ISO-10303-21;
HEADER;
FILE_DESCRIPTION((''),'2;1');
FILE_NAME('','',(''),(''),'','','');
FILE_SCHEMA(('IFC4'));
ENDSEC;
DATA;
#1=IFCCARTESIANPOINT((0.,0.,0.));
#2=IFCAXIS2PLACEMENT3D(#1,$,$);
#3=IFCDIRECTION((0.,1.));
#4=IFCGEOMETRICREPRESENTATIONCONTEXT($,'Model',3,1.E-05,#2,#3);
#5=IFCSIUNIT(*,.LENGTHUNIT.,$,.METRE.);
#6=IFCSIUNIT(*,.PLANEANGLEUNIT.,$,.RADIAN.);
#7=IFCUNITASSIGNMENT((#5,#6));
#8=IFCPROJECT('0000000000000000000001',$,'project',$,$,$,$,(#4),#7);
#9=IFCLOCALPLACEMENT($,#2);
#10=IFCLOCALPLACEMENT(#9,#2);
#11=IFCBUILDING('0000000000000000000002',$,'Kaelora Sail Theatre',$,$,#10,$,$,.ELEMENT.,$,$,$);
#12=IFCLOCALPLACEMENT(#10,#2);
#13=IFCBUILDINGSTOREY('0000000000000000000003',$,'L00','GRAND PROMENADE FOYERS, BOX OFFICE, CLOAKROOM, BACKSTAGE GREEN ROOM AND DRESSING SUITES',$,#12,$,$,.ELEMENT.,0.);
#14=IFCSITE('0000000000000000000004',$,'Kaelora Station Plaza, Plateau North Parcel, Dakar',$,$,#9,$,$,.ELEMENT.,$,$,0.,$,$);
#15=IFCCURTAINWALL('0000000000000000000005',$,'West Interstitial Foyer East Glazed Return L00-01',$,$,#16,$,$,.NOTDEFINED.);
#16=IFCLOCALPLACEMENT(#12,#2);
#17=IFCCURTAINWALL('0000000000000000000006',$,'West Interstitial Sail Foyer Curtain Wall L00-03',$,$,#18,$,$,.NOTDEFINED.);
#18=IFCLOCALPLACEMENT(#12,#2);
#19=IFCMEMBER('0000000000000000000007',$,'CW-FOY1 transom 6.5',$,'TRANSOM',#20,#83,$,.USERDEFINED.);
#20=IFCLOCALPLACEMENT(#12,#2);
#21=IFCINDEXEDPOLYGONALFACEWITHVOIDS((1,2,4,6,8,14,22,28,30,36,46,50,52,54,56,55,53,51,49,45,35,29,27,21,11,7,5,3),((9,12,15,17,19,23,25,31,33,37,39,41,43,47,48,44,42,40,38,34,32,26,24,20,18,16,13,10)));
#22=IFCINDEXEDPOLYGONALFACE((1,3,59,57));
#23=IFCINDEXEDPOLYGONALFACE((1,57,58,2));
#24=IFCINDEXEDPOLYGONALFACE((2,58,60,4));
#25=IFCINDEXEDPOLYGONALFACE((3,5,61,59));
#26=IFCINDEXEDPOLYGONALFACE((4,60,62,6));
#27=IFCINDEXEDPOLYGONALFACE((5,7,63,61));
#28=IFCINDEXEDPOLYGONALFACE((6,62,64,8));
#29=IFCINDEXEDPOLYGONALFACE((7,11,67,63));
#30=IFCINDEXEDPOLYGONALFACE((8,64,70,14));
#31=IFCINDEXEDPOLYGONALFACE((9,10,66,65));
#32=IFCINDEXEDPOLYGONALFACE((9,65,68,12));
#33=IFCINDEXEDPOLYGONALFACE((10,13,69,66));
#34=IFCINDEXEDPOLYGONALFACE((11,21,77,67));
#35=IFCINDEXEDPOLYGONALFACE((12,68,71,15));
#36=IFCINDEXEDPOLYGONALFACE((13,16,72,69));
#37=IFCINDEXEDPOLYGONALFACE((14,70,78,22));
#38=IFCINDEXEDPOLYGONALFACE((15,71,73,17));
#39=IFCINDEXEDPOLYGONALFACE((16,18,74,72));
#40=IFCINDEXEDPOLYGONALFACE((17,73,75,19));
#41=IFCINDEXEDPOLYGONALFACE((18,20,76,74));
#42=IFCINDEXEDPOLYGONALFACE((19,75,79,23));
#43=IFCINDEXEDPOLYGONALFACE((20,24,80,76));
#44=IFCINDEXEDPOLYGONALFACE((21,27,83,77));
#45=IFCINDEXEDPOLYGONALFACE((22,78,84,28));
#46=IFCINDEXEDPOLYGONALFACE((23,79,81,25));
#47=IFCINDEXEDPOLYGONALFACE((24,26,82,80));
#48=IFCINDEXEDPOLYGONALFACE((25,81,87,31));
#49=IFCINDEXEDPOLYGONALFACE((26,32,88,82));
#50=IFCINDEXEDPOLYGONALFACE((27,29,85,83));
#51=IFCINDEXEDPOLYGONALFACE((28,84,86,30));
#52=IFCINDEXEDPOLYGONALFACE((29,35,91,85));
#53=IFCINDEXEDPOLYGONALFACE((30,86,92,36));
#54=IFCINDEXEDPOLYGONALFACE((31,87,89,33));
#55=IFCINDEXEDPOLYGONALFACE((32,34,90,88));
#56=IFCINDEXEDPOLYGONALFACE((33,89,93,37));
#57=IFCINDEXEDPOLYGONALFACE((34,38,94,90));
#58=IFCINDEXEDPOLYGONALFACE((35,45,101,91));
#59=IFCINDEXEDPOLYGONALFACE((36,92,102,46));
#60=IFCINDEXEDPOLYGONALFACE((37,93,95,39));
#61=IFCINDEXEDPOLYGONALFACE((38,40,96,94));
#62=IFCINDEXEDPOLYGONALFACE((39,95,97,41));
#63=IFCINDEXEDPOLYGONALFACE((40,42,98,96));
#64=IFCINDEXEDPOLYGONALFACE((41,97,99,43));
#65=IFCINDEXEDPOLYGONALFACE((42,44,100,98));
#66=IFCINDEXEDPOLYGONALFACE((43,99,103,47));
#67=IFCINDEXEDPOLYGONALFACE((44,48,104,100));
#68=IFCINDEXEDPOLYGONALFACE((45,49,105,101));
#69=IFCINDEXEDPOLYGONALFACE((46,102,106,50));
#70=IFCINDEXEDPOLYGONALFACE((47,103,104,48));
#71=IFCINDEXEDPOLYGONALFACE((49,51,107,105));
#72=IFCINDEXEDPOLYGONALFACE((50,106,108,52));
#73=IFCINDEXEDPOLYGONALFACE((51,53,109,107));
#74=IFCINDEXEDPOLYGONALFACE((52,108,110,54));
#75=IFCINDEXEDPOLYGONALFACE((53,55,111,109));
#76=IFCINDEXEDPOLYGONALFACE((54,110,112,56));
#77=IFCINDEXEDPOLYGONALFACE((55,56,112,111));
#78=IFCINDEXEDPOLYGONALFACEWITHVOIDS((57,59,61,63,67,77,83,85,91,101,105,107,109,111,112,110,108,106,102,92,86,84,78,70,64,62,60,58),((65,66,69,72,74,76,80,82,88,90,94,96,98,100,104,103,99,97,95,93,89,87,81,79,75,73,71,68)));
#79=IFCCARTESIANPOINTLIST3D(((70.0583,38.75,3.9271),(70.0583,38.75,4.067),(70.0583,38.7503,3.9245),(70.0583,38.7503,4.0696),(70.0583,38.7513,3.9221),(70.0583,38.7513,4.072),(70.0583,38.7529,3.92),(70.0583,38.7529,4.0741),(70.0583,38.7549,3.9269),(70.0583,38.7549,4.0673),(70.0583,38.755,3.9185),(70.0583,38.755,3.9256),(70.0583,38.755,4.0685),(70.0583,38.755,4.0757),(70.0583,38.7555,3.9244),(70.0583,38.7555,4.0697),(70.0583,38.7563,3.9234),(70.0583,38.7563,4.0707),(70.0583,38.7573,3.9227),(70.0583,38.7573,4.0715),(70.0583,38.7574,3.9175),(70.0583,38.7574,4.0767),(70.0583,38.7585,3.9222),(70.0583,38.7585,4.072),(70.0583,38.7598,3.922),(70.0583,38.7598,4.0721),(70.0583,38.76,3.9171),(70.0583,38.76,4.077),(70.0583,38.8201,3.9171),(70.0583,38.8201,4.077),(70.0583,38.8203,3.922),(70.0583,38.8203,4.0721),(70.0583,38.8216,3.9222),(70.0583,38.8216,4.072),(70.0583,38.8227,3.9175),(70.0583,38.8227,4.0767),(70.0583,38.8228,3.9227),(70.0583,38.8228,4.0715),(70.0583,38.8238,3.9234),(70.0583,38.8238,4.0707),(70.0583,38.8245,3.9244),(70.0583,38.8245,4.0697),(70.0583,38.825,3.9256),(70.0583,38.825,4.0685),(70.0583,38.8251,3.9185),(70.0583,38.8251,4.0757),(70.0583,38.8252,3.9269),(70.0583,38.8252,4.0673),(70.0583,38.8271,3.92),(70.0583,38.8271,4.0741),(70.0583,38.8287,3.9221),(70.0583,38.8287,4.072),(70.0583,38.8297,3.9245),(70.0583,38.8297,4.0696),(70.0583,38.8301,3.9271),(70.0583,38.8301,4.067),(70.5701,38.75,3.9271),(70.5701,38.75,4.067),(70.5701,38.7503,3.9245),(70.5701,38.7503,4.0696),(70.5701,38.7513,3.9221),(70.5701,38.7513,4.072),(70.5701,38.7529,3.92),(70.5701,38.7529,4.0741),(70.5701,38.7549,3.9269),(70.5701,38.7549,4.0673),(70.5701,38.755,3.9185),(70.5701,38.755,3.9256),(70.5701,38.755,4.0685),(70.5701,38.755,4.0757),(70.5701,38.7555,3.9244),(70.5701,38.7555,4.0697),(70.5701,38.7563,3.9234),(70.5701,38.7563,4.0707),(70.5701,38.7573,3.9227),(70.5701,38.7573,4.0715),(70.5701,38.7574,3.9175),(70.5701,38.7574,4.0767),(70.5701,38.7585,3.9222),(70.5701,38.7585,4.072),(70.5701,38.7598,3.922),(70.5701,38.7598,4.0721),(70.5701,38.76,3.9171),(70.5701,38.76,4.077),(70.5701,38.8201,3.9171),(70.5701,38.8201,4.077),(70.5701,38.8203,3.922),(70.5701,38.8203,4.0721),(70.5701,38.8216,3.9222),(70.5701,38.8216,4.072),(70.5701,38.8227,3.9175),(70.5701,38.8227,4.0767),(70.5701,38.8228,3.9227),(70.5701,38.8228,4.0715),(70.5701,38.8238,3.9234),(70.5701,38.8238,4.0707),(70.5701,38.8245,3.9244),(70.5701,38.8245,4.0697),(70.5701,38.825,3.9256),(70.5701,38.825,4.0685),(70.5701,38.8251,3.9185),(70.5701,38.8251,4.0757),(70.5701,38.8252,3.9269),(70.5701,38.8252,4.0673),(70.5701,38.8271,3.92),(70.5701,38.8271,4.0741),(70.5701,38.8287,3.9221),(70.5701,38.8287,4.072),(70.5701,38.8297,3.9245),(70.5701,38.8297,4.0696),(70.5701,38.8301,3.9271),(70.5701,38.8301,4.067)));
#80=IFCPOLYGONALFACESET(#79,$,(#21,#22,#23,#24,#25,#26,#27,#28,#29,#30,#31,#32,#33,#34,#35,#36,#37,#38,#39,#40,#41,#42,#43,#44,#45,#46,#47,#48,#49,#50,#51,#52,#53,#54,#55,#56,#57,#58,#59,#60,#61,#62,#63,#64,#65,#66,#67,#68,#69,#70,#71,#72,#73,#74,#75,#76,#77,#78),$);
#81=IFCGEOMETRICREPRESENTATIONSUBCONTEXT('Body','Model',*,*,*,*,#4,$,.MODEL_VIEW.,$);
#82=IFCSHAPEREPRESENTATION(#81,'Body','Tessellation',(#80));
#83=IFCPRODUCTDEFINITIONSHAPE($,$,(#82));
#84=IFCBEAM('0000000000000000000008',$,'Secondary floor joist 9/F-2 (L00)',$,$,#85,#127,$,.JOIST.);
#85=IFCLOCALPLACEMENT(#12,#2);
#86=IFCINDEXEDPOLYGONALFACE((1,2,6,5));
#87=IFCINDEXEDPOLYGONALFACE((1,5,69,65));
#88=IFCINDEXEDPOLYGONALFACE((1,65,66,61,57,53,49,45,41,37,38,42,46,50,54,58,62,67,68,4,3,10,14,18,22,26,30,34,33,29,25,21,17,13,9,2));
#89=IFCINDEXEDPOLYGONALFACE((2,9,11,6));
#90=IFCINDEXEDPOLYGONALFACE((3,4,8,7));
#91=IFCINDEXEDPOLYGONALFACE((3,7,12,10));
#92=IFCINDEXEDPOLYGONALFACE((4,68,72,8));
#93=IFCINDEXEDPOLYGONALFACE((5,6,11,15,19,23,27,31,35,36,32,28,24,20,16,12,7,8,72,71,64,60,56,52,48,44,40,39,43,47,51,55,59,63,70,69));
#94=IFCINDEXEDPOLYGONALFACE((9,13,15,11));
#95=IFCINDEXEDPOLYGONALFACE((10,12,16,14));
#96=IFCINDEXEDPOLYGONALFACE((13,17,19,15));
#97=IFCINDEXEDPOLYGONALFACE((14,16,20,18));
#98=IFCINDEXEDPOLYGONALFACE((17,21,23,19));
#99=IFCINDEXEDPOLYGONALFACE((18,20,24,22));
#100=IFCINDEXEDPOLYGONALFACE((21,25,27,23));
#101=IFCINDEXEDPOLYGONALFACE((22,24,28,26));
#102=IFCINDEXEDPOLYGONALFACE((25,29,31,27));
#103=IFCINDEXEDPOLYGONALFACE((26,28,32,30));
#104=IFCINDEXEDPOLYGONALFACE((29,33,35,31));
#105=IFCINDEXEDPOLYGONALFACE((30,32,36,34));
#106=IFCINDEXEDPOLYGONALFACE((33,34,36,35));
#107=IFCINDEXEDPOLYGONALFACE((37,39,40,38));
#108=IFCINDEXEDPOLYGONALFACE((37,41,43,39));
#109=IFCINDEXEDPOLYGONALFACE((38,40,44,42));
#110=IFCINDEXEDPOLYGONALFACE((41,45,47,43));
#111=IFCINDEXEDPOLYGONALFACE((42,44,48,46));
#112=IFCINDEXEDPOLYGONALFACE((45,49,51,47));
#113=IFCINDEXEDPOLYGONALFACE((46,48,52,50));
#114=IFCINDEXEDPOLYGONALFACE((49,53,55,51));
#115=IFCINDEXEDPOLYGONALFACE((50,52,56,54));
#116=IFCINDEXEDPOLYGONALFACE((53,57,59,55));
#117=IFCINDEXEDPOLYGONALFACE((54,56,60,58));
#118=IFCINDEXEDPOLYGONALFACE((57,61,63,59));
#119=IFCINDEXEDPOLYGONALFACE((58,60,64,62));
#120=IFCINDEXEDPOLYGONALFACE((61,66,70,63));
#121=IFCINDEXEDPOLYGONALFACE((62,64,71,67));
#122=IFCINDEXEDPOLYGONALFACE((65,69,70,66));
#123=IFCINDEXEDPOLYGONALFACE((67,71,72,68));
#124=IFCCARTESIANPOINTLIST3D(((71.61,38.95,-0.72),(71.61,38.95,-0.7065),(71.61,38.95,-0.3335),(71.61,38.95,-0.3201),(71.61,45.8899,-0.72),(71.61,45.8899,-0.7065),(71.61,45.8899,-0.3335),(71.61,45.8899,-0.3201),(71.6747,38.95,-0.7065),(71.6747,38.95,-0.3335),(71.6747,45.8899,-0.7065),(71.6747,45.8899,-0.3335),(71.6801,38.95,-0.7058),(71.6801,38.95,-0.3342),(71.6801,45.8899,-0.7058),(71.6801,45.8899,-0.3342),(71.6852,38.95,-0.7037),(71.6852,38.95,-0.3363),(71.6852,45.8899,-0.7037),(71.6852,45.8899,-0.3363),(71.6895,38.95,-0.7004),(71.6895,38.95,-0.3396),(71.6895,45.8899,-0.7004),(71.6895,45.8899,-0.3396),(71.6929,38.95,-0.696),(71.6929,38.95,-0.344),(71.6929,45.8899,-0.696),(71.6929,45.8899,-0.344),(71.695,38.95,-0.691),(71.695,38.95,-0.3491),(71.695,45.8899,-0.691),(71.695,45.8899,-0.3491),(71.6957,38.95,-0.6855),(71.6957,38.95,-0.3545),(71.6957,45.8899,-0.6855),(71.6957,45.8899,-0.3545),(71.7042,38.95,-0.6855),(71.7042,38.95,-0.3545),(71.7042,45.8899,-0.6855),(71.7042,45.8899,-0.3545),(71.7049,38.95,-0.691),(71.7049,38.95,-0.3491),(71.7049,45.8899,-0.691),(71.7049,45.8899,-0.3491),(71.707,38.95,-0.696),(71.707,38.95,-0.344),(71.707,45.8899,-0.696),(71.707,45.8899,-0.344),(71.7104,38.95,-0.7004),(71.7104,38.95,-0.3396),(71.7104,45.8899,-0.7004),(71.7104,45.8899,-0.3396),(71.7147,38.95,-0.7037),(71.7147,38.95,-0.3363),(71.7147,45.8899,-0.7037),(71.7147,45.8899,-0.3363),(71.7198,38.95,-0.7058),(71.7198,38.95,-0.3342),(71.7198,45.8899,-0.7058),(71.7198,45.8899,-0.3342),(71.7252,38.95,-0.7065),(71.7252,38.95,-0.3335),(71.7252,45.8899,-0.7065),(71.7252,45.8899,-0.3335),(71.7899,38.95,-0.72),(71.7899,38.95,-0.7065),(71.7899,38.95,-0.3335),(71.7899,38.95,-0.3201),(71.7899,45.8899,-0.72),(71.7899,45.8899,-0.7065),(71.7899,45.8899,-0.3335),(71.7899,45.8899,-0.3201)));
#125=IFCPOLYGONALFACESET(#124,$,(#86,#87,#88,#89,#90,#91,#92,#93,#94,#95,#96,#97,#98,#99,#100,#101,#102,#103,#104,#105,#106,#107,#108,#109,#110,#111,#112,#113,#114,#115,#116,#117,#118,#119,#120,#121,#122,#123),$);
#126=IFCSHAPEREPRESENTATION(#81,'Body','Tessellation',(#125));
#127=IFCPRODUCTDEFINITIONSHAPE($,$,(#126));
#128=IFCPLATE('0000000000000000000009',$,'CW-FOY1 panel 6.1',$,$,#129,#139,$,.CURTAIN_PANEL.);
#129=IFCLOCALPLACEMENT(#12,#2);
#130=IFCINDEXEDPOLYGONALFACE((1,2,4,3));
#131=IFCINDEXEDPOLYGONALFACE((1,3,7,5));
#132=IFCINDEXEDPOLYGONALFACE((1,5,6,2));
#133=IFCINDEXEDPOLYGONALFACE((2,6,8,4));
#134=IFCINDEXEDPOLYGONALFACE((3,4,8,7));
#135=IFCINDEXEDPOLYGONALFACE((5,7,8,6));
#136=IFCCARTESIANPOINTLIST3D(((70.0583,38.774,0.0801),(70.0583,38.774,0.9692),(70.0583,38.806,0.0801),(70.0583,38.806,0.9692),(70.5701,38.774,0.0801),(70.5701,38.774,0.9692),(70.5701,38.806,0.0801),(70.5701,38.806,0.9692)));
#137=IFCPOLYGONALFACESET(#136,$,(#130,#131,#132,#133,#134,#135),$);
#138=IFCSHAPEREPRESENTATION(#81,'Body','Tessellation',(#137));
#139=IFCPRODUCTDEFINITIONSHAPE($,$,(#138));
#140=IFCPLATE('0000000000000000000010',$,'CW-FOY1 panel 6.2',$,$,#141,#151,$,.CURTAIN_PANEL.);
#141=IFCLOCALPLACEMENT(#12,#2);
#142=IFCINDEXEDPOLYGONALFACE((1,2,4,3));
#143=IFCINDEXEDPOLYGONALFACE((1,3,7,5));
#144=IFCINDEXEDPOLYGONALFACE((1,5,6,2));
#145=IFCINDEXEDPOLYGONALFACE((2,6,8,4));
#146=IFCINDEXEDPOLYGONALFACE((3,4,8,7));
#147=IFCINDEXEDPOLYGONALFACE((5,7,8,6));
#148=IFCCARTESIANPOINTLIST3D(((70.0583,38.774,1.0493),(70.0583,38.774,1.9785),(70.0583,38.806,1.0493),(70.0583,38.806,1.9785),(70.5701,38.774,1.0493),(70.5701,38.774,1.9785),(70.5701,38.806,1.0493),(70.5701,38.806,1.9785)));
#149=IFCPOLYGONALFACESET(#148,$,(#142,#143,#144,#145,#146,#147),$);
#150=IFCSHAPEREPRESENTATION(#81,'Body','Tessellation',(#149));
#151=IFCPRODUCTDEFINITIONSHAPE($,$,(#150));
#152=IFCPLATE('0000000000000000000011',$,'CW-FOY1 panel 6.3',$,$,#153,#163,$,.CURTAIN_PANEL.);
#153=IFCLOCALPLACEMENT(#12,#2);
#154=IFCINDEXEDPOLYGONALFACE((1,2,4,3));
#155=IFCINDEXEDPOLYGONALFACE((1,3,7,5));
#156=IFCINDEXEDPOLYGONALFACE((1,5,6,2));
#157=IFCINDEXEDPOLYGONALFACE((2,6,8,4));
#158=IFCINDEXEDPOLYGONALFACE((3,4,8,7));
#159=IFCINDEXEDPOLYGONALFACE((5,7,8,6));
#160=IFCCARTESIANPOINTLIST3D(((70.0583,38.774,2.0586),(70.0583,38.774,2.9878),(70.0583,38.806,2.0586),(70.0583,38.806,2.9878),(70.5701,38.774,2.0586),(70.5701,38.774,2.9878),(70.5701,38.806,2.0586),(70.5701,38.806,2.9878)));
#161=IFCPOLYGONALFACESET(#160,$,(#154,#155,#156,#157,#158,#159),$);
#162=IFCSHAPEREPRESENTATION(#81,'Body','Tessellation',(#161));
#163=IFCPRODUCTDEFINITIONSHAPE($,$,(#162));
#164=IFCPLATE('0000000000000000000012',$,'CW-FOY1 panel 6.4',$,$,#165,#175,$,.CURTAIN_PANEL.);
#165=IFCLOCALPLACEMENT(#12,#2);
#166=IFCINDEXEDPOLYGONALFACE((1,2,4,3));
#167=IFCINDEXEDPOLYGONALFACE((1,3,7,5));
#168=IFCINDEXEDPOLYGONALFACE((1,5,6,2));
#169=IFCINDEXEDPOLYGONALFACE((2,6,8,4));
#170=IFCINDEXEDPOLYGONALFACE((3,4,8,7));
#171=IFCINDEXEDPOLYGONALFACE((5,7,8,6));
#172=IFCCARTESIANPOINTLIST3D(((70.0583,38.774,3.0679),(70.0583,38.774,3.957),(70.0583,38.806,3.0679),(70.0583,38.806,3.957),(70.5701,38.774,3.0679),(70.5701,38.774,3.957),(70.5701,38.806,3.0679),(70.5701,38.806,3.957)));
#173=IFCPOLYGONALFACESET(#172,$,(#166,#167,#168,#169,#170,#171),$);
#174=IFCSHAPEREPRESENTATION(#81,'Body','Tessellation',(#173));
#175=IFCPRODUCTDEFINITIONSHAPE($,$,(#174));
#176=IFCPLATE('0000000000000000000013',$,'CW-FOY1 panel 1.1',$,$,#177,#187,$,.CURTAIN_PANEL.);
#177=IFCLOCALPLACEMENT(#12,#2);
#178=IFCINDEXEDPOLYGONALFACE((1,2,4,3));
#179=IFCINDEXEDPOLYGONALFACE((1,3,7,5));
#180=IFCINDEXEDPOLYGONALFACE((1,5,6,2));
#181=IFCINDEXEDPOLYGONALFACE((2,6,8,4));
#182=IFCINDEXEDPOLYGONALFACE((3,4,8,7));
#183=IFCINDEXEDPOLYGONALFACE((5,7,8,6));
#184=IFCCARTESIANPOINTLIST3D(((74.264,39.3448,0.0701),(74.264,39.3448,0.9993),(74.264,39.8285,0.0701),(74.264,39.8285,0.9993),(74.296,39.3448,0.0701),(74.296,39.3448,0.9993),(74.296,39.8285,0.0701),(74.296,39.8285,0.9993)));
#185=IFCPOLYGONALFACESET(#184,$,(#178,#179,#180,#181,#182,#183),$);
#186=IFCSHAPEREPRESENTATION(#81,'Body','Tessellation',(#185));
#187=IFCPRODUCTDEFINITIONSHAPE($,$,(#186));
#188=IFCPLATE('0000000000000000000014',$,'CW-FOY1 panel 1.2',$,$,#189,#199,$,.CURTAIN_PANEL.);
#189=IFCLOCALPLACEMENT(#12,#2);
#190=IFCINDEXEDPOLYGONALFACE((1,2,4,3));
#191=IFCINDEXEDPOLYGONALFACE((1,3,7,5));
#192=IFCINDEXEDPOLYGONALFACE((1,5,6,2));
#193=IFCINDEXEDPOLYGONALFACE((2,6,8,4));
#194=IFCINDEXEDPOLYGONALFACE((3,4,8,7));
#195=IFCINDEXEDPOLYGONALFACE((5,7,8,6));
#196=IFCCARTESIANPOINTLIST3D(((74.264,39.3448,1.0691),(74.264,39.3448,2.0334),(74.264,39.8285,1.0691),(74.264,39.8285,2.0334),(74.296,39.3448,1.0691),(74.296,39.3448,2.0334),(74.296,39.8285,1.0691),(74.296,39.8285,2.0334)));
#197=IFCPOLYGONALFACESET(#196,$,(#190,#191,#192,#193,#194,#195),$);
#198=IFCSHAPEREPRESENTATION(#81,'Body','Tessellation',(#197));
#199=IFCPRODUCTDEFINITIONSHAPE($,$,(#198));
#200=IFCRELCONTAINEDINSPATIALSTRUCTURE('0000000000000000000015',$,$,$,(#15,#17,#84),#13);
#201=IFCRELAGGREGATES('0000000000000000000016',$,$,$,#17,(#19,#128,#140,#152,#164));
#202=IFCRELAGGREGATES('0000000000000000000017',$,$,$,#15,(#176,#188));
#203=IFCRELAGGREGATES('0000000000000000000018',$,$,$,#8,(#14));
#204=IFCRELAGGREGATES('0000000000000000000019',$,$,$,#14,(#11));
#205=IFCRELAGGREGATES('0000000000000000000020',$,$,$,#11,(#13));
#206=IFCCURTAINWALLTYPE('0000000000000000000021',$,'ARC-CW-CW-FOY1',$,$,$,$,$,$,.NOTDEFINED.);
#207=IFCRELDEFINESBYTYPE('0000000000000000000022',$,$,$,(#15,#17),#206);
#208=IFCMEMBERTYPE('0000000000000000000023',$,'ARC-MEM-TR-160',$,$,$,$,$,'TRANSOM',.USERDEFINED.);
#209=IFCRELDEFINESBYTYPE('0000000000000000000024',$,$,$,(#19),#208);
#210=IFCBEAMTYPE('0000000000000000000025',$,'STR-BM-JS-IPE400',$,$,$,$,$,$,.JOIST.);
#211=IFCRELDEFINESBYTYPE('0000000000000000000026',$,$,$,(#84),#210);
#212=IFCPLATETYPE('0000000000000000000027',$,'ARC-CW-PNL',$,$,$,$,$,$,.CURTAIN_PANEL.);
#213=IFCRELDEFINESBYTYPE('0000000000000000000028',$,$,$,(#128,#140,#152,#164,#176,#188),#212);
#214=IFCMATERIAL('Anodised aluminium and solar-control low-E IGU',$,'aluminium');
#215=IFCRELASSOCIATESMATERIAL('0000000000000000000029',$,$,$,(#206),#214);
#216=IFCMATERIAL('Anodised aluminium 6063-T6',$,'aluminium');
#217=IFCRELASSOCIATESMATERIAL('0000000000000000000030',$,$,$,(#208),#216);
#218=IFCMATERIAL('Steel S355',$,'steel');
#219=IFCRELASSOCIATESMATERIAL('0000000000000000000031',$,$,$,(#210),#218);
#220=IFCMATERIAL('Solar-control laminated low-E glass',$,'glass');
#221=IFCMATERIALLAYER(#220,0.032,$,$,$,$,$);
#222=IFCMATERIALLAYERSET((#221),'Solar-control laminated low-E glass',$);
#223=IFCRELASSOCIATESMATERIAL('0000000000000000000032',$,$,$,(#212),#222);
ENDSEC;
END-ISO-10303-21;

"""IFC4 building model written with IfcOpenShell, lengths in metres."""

from ifc_helpers import new_model, si_unit, direction, frame, origin, origin_2d, place, context, subcontext, project, spatial, rectangle, hollow_rectangle, i_section, extrude, material, layer, layer_set, material_profile, profile_set, type_object, element, aggregate, save


model = new_model("IFC4")

# Units and contexts
model_context = context("Model", 3, precision=1e-05, world=origin(), true_north=direction((0.0, 1.0)))
body_context = subcontext(model_context, "Body", "Model", "MODEL_VIEW")
ifc_project = project(units=[si_unit("LENGTHUNIT", "METRE"), si_unit("PLANEANGLEUNIT", "RADIAN")], contexts=[model_context])

# Site, building, storey
site_placement = place(None, origin())
site = spatial("IfcSite", under=ifc_project, at=site_placement, Name="Kaelora Station Plaza, Plateau North Parcel, Dakar", CompositionType="ELEMENT", RefElevation=0.0)
building_placement = place(site_placement, origin())
building = spatial("IfcBuilding", under=site, at=building_placement, Name="Kaelora Sail Theatre", CompositionType="ELEMENT")
storey_placement = place(building_placement, origin())
storey = spatial("IfcBuildingStorey", under=building, at=storey_placement, Name="L00", Description="GRAND PROMENADE FOYERS, BOX OFFICE, CLOAKROOM, BACKSTAGE GREEN ROOM AND DRESSING SUITES", CompositionType="ELEMENT", Elevation=0.0)

# Curtain wall
ifc_material_1 = material(Name="Anodised aluminium and solar-control low-E IGU", Category="aluminium")
curtain_wall_type = type_object("IfcCurtainWallType", Name="ARC-CW-CW-FOY1", PredefinedType="NOTDEFINED", material=ifc_material_1)
curtain_wall_1_placement = place(storey_placement, origin())
curtain_wall_1 = element("IfcCurtainWall", 1, at=curtain_wall_1_placement, inside=storey, type_object=curtain_wall_type, Name="West Interstitial Foyer East Glazed Return L00-01", PredefinedType="NOTDEFINED")

# Curtain wall
curtain_wall_2_placement = place(storey_placement, origin())
curtain_wall_2 = element("IfcCurtainWall", 2, at=curtain_wall_2_placement, inside=storey, type_object=curtain_wall_type, Name="West Interstitial Sail Foyer Curtain Wall L00-03", PredefinedType="NOTDEFINED")

# Member
ifc_material_2 = material(Name="Anodised aluminium 6063-T6", Category="aluminium")
ifc_material_profile_1 = material_profile(ifc_material_2, hollow_rectangle(XDim=0.0801, YDim=0.1599, WallThickness=0.0049, InnerFilletRadius=0.0049, OuterFilletRadius=0.01, at=origin_2d()), Name="ALU-TRAN 80x160x5")
ifc_profile_set_1 = profile_set([ifc_material_profile_1], Name="Anodised aluminium 6063-T6")
member_type_1 = type_object("IfcMemberType", Name="ARC-MEM-TR-160", ElementType="TRANSOM", PredefinedType="USERDEFINED", material=ifc_profile_set_1)
member_1_placement = place(storey_placement, frame((70.0583, 38.79, 3.9971), z_axis=(1.0, 0.0, 0.0), x_axis=(0.0, 1.0, 0.0)))
member_1 = element("IfcMember", 3, at=member_1_placement, type_object=member_type_1, Name="CW-FOY1 transom 6.5", ObjectType="TRANSOM", PredefinedType="USERDEFINED", context=body_context, shape_type="SweptSolid", body=[
    extrude(hollow_rectangle(XDim=0.0801, YDim=0.1599, WallThickness=0.0049, InnerFilletRadius=0.0049, OuterFilletRadius=0.01, at=origin_2d()), origin(), (0.0, 0.0, 1.0), 0.5117),
])

# Beam
ifc_material_3 = material(Name="Steel S355", Category="steel")
ifc_material_profile_2 = material_profile(ifc_material_3, i_section(OverallWidth=0.1799, OverallDepth=0.3999, WebThickness=0.0085, FlangeThickness=0.0134, FilletRadius=0.021, at=origin_2d()), Name="IPE 400")
ifc_profile_set_2 = profile_set([ifc_material_profile_2], Name="Steel S355")
beam_type = type_object("IfcBeamType", Name="STR-BM-JS-IPE400", PredefinedType="JOIST", material=ifc_profile_set_2)
beam_placement = place(storey_placement, frame((71.7, 38.95, -0.52), z_axis=(0.0, 1.0, 0.0), x_axis=(-1.0, 0.0, 0.0)))
element("IfcBeam", 4, at=beam_placement, inside=storey, type_object=beam_type, Name="Secondary floor joist 9/F-2 (L00)", PredefinedType="JOIST", context=body_context, shape_type="SweptSolid", body=[
    extrude(i_section(OverallWidth=0.1799, OverallDepth=0.3999, WebThickness=0.0085, FlangeThickness=0.0134, FilletRadius=0.021, at=origin_2d()), origin(), (0.0, 0.0, 1.0), 6.9399),
])

# Plates
ifc_material_4 = material(Name="Solar-control laminated low-E glass", Category="glass")
ifc_layer_1 = layer(ifc_material_4, 0.032)
ifc_layer_set_1 = layer_set([ifc_layer_1], Name="Solar-control laminated low-E glass")
plate_type = type_object("IfcPlateType", Name="ARC-CW-PNL", PredefinedType="CURTAIN_PANEL", material=ifc_layer_set_1)
plate_1_placement = place(storey_placement, frame((70.3142, 38.79, 0.0801), z_axis=(0.0, 0.0, 1.0), x_axis=(1.0, 0.0, 0.0)))
plate_1 = element("IfcPlate", 5, at=plate_1_placement, type_object=plate_type, Name="CW-FOY1 panel 6.1", PredefinedType="CURTAIN_PANEL", context=body_context, shape_type="SweptSolid", body=[
    extrude(rectangle(XDim=0.5117, YDim=0.032, at=origin_2d()), origin(), (0.0, 0.0, 1.0), 0.8892),
])
plate_2_placement = place(storey_placement, frame((70.3142, 38.79, 1.0493), z_axis=(0.0, 0.0, 1.0), x_axis=(1.0, 0.0, 0.0)))
plate_2 = element("IfcPlate", 6, at=plate_2_placement, type_object=plate_type, Name="CW-FOY1 panel 6.2", PredefinedType="CURTAIN_PANEL", context=body_context, shape_type="SweptSolid", body=[
    extrude(rectangle(XDim=0.5117, YDim=0.032, at=origin_2d()), origin(), (0.0, 0.0, 1.0), 0.9292),
])
plate_3_placement = place(storey_placement, frame((70.3142, 38.79, 2.0586), z_axis=(0.0, 0.0, 1.0), x_axis=(1.0, 0.0, 0.0)))
plate_3 = element("IfcPlate", 7, at=plate_3_placement, type_object=plate_type, Name="CW-FOY1 panel 6.3", PredefinedType="CURTAIN_PANEL", context=body_context, shape_type="SweptSolid", body=[
    extrude(rectangle(XDim=0.5117, YDim=0.032, at=origin_2d()), origin(), (0.0, 0.0, 1.0), 0.9292),
])
plate_4_placement = place(storey_placement, frame((70.3142, 38.79, 3.0679), z_axis=(0.0, 0.0, 1.0), x_axis=(1.0, 0.0, 0.0)))
plate_4 = element("IfcPlate", 8, at=plate_4_placement, type_object=plate_type, Name="CW-FOY1 panel 6.4", PredefinedType="CURTAIN_PANEL", context=body_context, shape_type="SweptSolid", body=[
    extrude(rectangle(XDim=0.5117, YDim=0.032, at=origin_2d()), origin(), (0.0, 0.0, 1.0), 0.8892),
])
aggregate(curtain_wall_2, [member_1, plate_1, plate_2, plate_3, plate_4])
plate_5_placement = place(storey_placement, frame((74.28, 39.5867, 0.0701), z_axis=(0.0, 0.0, 1.0), x_axis=(0.0, 1.0, 0.0)))
plate_5 = element("IfcPlate", 9, at=plate_5_placement, type_object=plate_type, Name="CW-FOY1 panel 1.1", PredefinedType="CURTAIN_PANEL", context=body_context, shape_type="SweptSolid", body=[
    extrude(rectangle(XDim=0.4836, YDim=0.032, at=origin_2d()), origin(), (0.0, 0.0, 1.0), 0.9292),
])
plate_6_placement = place(storey_placement, frame((74.28, 39.5867, 1.0691), z_axis=(0.0, 0.0, 1.0), x_axis=(0.0, 1.0, 0.0)))
plate_6 = element("IfcPlate", 10, at=plate_6_placement, type_object=plate_type, Name="CW-FOY1 panel 1.2", PredefinedType="CURTAIN_PANEL", context=body_context, shape_type="SweptSolid", body=[
    extrude(rectangle(XDim=0.4836, YDim=0.032, at=origin_2d()), origin(), (0.0, 0.0, 1.0), 0.9644),
])
aggregate(curtain_wall_1, [plate_5, plate_6])

save(model, "model.ifc")
